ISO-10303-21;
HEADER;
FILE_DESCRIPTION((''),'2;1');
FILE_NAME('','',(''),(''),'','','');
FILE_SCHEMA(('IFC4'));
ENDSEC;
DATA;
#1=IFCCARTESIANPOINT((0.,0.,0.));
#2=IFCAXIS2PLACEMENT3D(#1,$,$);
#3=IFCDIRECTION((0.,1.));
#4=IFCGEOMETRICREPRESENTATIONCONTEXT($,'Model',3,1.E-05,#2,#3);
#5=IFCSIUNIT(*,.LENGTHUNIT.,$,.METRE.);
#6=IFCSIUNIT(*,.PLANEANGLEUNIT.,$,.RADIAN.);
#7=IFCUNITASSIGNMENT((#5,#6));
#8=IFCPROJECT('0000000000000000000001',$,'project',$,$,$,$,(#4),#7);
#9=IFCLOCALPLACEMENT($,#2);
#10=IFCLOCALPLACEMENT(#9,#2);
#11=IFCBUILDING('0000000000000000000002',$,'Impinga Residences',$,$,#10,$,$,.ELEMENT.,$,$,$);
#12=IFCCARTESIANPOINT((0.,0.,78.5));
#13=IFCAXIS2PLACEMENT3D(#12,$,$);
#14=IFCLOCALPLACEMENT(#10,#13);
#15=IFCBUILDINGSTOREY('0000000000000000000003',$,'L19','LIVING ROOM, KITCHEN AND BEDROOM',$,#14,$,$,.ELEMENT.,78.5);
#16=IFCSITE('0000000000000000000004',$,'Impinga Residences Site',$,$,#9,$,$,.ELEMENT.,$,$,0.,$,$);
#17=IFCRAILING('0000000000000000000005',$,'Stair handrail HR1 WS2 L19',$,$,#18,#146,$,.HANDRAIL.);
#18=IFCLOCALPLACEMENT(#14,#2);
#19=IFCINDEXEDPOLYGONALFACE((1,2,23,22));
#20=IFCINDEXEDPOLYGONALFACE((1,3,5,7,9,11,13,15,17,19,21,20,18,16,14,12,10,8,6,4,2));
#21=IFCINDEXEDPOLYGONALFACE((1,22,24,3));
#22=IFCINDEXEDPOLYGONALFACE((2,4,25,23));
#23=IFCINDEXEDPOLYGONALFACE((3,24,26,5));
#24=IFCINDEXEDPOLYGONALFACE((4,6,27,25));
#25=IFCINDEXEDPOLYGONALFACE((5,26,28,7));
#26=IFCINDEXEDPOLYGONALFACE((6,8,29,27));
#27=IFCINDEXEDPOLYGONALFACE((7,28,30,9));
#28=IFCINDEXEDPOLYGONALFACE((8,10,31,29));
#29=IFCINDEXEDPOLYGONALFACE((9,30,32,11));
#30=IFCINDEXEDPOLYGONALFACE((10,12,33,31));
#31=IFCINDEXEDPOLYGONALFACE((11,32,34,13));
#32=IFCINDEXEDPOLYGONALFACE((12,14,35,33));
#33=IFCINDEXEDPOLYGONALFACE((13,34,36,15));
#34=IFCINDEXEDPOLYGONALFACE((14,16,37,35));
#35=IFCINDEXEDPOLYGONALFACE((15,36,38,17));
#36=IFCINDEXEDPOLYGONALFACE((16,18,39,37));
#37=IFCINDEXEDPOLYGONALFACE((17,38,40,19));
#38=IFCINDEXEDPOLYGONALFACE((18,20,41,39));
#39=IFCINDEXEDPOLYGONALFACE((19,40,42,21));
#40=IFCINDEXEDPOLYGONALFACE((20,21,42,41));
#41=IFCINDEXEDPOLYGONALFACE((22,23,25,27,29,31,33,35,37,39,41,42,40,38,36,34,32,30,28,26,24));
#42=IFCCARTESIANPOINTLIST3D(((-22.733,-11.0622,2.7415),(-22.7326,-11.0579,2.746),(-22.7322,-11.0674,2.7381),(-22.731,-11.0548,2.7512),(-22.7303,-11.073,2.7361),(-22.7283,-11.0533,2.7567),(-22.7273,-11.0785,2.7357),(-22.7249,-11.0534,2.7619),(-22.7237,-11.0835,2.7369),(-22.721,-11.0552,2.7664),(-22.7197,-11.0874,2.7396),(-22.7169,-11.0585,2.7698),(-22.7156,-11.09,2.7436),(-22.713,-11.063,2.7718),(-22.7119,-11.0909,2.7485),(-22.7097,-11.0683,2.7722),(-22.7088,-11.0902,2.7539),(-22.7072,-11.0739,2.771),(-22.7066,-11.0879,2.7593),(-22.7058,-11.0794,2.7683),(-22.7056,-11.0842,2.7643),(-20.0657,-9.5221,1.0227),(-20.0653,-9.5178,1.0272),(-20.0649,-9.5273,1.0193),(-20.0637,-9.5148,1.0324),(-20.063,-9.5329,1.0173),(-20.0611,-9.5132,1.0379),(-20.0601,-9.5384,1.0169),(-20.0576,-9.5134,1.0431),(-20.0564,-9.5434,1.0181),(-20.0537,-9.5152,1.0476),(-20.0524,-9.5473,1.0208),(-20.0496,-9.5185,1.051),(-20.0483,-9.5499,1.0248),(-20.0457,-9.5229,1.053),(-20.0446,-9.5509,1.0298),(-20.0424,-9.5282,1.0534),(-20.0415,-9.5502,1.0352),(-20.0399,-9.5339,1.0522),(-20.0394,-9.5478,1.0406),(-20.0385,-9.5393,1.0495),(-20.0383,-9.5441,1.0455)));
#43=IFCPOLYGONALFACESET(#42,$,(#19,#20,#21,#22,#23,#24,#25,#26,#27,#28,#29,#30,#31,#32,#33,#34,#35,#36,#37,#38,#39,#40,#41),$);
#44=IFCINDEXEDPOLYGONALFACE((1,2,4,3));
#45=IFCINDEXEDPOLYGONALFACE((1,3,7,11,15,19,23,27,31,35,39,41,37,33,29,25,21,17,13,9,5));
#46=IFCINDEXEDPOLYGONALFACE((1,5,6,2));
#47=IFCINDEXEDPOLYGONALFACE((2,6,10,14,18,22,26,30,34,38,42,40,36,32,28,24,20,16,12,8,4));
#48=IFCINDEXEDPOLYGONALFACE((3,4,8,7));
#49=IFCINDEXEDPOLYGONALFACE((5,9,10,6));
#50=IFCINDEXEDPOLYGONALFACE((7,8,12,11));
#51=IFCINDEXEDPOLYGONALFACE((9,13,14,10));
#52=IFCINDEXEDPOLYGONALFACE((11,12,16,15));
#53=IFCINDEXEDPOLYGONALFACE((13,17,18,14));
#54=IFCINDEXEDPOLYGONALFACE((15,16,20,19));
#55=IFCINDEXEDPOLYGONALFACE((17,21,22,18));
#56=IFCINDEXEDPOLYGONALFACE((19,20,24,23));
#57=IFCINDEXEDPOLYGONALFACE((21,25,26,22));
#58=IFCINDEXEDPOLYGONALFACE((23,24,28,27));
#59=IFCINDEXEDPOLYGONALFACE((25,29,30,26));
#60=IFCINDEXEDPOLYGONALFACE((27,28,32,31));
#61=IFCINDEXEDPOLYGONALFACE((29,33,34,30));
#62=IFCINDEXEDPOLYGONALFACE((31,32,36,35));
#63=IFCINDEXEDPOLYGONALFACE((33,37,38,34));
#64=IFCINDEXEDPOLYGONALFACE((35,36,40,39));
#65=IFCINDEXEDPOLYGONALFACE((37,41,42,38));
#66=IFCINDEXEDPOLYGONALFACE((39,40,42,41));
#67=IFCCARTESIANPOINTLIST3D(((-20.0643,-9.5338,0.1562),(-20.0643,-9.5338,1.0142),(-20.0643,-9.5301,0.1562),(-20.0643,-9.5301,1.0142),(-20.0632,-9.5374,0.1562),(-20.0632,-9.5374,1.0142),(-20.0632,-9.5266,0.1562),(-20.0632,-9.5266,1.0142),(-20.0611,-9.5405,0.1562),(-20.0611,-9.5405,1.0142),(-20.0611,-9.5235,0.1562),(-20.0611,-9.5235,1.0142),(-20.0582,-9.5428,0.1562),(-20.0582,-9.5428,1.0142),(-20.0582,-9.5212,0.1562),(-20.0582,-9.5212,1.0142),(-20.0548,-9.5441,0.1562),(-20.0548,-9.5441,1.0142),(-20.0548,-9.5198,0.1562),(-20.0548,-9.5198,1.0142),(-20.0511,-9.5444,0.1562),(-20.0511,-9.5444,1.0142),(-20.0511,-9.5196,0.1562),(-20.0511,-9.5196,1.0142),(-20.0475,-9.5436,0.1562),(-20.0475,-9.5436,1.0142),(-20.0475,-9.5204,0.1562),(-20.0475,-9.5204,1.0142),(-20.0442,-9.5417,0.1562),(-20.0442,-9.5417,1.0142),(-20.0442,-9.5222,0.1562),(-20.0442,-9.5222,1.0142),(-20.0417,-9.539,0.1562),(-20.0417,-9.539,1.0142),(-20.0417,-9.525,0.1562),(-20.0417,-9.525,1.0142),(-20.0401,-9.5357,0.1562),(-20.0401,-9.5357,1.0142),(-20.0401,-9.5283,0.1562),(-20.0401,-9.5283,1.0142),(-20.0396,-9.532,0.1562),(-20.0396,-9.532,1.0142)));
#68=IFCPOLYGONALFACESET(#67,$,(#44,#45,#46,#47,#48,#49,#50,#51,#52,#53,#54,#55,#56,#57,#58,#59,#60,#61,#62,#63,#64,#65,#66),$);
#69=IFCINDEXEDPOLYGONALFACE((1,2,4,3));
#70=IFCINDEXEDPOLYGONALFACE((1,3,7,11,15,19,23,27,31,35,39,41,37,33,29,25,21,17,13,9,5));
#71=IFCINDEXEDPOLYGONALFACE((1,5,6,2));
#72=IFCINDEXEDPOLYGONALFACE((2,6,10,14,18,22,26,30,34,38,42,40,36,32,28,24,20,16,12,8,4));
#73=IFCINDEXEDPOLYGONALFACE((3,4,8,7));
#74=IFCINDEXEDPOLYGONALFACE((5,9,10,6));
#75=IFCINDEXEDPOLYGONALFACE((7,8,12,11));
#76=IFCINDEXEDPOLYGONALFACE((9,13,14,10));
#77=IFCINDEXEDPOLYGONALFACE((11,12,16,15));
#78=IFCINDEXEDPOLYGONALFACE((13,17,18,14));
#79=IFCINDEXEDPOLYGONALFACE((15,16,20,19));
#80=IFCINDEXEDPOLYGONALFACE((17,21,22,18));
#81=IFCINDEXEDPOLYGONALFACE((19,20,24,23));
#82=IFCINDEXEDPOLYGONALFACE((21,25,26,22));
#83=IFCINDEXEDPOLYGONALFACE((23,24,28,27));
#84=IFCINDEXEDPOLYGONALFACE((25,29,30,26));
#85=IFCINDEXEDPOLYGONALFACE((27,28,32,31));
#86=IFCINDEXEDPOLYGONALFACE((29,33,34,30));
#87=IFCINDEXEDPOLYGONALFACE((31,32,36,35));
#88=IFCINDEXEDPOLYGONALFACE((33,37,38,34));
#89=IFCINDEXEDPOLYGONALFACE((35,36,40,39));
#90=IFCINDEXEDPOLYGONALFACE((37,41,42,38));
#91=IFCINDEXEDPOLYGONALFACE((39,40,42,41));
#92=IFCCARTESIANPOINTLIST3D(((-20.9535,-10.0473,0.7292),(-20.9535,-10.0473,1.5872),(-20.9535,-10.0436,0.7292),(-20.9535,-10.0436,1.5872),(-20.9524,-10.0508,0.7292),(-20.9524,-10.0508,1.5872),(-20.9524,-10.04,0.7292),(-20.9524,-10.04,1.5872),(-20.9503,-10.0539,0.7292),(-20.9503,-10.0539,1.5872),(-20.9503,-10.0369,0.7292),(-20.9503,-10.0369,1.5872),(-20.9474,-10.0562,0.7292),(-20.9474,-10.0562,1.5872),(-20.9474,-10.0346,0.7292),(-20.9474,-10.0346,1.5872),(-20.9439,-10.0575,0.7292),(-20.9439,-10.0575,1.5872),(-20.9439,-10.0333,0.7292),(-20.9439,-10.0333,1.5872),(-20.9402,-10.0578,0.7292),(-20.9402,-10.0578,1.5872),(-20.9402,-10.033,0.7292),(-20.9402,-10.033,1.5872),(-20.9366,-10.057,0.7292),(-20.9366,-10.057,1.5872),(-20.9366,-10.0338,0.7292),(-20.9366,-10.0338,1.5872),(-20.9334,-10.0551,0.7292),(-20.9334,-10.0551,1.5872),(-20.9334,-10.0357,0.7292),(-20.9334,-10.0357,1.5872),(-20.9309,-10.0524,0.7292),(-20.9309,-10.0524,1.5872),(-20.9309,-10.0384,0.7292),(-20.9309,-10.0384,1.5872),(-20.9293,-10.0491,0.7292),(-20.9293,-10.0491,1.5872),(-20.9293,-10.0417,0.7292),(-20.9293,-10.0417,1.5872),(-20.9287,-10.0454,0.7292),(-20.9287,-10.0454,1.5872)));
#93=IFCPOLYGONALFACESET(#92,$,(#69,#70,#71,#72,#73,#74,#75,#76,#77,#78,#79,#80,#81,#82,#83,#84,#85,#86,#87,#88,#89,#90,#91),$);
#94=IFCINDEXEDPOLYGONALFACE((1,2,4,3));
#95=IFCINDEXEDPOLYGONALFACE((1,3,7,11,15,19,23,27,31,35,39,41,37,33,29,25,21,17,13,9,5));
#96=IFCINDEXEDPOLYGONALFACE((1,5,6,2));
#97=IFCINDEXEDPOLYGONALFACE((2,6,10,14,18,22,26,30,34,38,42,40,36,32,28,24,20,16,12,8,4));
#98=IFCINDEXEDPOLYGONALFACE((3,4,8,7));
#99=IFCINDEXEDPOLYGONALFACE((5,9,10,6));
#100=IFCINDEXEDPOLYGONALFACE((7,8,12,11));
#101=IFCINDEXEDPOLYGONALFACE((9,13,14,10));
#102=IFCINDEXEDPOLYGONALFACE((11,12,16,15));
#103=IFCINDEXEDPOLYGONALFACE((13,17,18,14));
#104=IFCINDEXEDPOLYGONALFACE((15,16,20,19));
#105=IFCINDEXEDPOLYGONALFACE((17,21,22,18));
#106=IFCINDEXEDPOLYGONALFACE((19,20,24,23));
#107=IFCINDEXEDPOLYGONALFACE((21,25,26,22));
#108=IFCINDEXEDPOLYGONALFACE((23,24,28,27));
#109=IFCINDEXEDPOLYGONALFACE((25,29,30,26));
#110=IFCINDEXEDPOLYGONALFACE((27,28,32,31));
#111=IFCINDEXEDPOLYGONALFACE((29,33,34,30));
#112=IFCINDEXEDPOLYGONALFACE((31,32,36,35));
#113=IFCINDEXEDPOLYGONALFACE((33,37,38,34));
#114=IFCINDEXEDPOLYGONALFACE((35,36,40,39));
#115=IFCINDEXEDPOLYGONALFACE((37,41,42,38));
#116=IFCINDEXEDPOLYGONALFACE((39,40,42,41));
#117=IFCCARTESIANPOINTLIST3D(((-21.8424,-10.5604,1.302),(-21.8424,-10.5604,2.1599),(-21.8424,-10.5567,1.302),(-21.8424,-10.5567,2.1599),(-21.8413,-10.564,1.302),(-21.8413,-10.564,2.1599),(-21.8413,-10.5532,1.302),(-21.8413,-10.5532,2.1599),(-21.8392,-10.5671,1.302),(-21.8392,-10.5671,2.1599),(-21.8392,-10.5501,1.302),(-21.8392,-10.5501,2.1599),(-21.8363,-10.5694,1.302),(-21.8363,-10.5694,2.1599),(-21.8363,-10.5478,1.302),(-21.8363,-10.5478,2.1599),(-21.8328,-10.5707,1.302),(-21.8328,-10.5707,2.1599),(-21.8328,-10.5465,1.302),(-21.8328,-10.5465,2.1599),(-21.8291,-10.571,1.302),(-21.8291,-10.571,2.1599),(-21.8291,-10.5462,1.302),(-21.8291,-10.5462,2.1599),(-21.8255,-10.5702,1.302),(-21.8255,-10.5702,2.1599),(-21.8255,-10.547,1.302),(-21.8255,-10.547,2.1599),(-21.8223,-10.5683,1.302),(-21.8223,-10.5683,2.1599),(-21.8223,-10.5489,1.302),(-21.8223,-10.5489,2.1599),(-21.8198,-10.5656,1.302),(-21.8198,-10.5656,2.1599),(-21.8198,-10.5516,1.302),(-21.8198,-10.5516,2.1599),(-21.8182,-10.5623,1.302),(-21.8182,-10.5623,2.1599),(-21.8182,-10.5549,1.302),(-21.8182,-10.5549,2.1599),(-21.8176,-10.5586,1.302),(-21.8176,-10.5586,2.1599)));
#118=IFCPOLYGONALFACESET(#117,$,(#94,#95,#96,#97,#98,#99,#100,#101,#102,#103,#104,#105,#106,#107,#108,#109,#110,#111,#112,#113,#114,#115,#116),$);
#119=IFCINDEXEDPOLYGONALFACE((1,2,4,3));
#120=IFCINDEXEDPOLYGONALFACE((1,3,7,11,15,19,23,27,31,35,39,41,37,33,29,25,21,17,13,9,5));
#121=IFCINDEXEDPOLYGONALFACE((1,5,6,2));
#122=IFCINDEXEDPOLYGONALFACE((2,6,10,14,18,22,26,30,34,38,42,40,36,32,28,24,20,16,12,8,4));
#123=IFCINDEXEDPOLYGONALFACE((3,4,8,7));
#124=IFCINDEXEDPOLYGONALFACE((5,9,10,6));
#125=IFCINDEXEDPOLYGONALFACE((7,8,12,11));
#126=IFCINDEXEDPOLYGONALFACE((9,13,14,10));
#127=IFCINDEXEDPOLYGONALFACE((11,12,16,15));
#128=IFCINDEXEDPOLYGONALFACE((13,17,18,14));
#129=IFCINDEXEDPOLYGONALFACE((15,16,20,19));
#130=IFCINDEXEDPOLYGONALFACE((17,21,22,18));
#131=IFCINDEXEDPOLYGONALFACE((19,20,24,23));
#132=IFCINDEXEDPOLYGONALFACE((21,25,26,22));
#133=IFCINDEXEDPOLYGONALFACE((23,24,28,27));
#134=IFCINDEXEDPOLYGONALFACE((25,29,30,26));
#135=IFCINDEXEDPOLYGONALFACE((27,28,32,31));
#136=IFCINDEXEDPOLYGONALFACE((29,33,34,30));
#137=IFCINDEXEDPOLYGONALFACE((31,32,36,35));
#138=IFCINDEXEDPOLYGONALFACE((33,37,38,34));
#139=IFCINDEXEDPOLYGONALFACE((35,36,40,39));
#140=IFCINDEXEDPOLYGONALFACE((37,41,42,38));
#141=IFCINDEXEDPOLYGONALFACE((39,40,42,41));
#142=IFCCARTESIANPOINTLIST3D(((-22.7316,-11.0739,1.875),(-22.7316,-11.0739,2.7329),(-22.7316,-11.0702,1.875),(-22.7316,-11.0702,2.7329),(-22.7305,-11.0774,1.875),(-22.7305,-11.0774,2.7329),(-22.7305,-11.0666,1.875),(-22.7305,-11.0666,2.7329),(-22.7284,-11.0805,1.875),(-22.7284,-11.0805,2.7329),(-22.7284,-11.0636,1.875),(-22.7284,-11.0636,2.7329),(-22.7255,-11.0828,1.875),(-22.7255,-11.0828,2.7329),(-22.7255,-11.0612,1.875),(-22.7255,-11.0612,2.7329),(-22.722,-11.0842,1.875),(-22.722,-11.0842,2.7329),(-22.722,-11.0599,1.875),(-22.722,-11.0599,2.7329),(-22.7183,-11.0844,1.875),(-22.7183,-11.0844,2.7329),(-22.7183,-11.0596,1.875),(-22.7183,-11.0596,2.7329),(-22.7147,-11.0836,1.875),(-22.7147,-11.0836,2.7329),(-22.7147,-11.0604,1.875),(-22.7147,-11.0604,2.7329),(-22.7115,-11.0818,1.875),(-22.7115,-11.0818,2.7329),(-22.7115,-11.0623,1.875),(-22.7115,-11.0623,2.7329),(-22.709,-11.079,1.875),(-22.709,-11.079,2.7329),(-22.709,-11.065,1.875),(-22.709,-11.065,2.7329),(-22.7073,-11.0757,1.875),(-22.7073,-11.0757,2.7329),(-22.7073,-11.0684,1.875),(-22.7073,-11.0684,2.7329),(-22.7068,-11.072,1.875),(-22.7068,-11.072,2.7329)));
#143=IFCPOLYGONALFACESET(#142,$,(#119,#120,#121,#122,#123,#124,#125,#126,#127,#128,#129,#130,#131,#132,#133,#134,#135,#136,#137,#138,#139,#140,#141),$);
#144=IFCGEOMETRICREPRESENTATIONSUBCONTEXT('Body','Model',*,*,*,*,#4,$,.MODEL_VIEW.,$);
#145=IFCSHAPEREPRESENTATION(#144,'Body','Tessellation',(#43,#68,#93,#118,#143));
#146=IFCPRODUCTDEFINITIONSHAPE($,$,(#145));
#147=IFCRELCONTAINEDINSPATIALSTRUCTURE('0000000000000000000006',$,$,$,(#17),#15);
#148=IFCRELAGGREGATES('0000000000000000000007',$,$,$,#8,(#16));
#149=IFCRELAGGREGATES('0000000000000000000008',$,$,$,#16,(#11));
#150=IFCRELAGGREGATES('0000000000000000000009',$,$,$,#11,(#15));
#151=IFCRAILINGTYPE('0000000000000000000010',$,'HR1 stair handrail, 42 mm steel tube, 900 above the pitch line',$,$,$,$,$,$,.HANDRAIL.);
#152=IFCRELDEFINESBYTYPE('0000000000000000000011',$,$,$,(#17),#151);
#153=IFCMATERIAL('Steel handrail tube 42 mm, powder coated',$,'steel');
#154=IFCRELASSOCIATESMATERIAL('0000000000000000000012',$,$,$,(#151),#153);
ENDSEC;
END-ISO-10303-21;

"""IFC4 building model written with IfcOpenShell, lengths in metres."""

from ifc_helpers import new_model, si_unit, direction, frame, origin, origin_2d, place, context, subcontext, project, spatial, circle, extrude, material, type_object, element, save


model = new_model("IFC4")

# Units and contexts
model_context = context("Model", 3, precision=1e-05, world=origin(), true_north=direction((0.0, 1.0)))
body_context = subcontext(model_context, "Body", "Model", "MODEL_VIEW")
ifc_project = project(units=[si_unit("LENGTHUNIT", "METRE"), si_unit("PLANEANGLEUNIT", "RADIAN")], contexts=[model_context])

# Site, building, storey
site_placement = place(None, origin())
site = spatial("IfcSite", under=ifc_project, at=site_placement, Name="Impinga Residences Site", CompositionType="ELEMENT", RefElevation=0.0)
building_placement = place(site_placement, origin())
building = spatial("IfcBuilding", under=site, at=building_placement, Name="Impinga Residences", CompositionType="ELEMENT")
storey_placement = place(building_placement, frame((0.0, 0.0, 78.5)))
storey = spatial("IfcBuildingStorey", under=building, at=storey_placement, Name="L19", Description="LIVING ROOM, KITCHEN AND BEDROOM", CompositionType="ELEMENT", Elevation=78.5)

# Railing
ifc_material_1 = material(Name="Steel handrail tube 42 mm, powder coated", Category="steel")
railing_type_1 = type_object("IfcRailingType", Name="HR1 stair handrail, 42 mm steel tube, 900 above the pitch line", PredefinedType="HANDRAIL", material=ifc_material_1)
railing_1_placement = place(storey_placement, frame((-20.052, -9.532, 0.1562)))
element("IfcRailing", 1, at=railing_1_placement, inside=storey, type_object=railing_type_1, Name="Stair handrail HR1 WS2 L19", PredefinedType="HANDRAIL", context=body_context, shape_type="SweptSolid", body=[
    extrude(circle(Radius=0.021, at=origin_2d()), frame((0.0, 0.0, 0.8789), z_axis=(-0.756226, -0.436639, 0.487307), x_axis=(0.500027, -0.86601, 0.0)), (0.0, 0.0, 1.0), 3.5271),
    extrude(circle(Radius=0.0125, at=origin_2d()), origin(), (0.0, 0.0, 1.0), 0.8579),
    extrude(circle(Radius=0.0125, at=origin_2d()), frame((-0.8892, -0.5134, 0.573)), (0.0, 0.0, 1.0), 0.8579),
    extrude(circle(Radius=0.0125, at=origin_2d()), frame((-1.7781, -1.0266, 1.1458)), (0.0, 0.0, 1.0), 0.8579),
    extrude(circle(Radius=0.0125, at=origin_2d()), frame((-2.6672, -1.54, 1.7188)), (0.0, 0.0, 1.0), 0.8579),
])

save(model, "model.ifc")
